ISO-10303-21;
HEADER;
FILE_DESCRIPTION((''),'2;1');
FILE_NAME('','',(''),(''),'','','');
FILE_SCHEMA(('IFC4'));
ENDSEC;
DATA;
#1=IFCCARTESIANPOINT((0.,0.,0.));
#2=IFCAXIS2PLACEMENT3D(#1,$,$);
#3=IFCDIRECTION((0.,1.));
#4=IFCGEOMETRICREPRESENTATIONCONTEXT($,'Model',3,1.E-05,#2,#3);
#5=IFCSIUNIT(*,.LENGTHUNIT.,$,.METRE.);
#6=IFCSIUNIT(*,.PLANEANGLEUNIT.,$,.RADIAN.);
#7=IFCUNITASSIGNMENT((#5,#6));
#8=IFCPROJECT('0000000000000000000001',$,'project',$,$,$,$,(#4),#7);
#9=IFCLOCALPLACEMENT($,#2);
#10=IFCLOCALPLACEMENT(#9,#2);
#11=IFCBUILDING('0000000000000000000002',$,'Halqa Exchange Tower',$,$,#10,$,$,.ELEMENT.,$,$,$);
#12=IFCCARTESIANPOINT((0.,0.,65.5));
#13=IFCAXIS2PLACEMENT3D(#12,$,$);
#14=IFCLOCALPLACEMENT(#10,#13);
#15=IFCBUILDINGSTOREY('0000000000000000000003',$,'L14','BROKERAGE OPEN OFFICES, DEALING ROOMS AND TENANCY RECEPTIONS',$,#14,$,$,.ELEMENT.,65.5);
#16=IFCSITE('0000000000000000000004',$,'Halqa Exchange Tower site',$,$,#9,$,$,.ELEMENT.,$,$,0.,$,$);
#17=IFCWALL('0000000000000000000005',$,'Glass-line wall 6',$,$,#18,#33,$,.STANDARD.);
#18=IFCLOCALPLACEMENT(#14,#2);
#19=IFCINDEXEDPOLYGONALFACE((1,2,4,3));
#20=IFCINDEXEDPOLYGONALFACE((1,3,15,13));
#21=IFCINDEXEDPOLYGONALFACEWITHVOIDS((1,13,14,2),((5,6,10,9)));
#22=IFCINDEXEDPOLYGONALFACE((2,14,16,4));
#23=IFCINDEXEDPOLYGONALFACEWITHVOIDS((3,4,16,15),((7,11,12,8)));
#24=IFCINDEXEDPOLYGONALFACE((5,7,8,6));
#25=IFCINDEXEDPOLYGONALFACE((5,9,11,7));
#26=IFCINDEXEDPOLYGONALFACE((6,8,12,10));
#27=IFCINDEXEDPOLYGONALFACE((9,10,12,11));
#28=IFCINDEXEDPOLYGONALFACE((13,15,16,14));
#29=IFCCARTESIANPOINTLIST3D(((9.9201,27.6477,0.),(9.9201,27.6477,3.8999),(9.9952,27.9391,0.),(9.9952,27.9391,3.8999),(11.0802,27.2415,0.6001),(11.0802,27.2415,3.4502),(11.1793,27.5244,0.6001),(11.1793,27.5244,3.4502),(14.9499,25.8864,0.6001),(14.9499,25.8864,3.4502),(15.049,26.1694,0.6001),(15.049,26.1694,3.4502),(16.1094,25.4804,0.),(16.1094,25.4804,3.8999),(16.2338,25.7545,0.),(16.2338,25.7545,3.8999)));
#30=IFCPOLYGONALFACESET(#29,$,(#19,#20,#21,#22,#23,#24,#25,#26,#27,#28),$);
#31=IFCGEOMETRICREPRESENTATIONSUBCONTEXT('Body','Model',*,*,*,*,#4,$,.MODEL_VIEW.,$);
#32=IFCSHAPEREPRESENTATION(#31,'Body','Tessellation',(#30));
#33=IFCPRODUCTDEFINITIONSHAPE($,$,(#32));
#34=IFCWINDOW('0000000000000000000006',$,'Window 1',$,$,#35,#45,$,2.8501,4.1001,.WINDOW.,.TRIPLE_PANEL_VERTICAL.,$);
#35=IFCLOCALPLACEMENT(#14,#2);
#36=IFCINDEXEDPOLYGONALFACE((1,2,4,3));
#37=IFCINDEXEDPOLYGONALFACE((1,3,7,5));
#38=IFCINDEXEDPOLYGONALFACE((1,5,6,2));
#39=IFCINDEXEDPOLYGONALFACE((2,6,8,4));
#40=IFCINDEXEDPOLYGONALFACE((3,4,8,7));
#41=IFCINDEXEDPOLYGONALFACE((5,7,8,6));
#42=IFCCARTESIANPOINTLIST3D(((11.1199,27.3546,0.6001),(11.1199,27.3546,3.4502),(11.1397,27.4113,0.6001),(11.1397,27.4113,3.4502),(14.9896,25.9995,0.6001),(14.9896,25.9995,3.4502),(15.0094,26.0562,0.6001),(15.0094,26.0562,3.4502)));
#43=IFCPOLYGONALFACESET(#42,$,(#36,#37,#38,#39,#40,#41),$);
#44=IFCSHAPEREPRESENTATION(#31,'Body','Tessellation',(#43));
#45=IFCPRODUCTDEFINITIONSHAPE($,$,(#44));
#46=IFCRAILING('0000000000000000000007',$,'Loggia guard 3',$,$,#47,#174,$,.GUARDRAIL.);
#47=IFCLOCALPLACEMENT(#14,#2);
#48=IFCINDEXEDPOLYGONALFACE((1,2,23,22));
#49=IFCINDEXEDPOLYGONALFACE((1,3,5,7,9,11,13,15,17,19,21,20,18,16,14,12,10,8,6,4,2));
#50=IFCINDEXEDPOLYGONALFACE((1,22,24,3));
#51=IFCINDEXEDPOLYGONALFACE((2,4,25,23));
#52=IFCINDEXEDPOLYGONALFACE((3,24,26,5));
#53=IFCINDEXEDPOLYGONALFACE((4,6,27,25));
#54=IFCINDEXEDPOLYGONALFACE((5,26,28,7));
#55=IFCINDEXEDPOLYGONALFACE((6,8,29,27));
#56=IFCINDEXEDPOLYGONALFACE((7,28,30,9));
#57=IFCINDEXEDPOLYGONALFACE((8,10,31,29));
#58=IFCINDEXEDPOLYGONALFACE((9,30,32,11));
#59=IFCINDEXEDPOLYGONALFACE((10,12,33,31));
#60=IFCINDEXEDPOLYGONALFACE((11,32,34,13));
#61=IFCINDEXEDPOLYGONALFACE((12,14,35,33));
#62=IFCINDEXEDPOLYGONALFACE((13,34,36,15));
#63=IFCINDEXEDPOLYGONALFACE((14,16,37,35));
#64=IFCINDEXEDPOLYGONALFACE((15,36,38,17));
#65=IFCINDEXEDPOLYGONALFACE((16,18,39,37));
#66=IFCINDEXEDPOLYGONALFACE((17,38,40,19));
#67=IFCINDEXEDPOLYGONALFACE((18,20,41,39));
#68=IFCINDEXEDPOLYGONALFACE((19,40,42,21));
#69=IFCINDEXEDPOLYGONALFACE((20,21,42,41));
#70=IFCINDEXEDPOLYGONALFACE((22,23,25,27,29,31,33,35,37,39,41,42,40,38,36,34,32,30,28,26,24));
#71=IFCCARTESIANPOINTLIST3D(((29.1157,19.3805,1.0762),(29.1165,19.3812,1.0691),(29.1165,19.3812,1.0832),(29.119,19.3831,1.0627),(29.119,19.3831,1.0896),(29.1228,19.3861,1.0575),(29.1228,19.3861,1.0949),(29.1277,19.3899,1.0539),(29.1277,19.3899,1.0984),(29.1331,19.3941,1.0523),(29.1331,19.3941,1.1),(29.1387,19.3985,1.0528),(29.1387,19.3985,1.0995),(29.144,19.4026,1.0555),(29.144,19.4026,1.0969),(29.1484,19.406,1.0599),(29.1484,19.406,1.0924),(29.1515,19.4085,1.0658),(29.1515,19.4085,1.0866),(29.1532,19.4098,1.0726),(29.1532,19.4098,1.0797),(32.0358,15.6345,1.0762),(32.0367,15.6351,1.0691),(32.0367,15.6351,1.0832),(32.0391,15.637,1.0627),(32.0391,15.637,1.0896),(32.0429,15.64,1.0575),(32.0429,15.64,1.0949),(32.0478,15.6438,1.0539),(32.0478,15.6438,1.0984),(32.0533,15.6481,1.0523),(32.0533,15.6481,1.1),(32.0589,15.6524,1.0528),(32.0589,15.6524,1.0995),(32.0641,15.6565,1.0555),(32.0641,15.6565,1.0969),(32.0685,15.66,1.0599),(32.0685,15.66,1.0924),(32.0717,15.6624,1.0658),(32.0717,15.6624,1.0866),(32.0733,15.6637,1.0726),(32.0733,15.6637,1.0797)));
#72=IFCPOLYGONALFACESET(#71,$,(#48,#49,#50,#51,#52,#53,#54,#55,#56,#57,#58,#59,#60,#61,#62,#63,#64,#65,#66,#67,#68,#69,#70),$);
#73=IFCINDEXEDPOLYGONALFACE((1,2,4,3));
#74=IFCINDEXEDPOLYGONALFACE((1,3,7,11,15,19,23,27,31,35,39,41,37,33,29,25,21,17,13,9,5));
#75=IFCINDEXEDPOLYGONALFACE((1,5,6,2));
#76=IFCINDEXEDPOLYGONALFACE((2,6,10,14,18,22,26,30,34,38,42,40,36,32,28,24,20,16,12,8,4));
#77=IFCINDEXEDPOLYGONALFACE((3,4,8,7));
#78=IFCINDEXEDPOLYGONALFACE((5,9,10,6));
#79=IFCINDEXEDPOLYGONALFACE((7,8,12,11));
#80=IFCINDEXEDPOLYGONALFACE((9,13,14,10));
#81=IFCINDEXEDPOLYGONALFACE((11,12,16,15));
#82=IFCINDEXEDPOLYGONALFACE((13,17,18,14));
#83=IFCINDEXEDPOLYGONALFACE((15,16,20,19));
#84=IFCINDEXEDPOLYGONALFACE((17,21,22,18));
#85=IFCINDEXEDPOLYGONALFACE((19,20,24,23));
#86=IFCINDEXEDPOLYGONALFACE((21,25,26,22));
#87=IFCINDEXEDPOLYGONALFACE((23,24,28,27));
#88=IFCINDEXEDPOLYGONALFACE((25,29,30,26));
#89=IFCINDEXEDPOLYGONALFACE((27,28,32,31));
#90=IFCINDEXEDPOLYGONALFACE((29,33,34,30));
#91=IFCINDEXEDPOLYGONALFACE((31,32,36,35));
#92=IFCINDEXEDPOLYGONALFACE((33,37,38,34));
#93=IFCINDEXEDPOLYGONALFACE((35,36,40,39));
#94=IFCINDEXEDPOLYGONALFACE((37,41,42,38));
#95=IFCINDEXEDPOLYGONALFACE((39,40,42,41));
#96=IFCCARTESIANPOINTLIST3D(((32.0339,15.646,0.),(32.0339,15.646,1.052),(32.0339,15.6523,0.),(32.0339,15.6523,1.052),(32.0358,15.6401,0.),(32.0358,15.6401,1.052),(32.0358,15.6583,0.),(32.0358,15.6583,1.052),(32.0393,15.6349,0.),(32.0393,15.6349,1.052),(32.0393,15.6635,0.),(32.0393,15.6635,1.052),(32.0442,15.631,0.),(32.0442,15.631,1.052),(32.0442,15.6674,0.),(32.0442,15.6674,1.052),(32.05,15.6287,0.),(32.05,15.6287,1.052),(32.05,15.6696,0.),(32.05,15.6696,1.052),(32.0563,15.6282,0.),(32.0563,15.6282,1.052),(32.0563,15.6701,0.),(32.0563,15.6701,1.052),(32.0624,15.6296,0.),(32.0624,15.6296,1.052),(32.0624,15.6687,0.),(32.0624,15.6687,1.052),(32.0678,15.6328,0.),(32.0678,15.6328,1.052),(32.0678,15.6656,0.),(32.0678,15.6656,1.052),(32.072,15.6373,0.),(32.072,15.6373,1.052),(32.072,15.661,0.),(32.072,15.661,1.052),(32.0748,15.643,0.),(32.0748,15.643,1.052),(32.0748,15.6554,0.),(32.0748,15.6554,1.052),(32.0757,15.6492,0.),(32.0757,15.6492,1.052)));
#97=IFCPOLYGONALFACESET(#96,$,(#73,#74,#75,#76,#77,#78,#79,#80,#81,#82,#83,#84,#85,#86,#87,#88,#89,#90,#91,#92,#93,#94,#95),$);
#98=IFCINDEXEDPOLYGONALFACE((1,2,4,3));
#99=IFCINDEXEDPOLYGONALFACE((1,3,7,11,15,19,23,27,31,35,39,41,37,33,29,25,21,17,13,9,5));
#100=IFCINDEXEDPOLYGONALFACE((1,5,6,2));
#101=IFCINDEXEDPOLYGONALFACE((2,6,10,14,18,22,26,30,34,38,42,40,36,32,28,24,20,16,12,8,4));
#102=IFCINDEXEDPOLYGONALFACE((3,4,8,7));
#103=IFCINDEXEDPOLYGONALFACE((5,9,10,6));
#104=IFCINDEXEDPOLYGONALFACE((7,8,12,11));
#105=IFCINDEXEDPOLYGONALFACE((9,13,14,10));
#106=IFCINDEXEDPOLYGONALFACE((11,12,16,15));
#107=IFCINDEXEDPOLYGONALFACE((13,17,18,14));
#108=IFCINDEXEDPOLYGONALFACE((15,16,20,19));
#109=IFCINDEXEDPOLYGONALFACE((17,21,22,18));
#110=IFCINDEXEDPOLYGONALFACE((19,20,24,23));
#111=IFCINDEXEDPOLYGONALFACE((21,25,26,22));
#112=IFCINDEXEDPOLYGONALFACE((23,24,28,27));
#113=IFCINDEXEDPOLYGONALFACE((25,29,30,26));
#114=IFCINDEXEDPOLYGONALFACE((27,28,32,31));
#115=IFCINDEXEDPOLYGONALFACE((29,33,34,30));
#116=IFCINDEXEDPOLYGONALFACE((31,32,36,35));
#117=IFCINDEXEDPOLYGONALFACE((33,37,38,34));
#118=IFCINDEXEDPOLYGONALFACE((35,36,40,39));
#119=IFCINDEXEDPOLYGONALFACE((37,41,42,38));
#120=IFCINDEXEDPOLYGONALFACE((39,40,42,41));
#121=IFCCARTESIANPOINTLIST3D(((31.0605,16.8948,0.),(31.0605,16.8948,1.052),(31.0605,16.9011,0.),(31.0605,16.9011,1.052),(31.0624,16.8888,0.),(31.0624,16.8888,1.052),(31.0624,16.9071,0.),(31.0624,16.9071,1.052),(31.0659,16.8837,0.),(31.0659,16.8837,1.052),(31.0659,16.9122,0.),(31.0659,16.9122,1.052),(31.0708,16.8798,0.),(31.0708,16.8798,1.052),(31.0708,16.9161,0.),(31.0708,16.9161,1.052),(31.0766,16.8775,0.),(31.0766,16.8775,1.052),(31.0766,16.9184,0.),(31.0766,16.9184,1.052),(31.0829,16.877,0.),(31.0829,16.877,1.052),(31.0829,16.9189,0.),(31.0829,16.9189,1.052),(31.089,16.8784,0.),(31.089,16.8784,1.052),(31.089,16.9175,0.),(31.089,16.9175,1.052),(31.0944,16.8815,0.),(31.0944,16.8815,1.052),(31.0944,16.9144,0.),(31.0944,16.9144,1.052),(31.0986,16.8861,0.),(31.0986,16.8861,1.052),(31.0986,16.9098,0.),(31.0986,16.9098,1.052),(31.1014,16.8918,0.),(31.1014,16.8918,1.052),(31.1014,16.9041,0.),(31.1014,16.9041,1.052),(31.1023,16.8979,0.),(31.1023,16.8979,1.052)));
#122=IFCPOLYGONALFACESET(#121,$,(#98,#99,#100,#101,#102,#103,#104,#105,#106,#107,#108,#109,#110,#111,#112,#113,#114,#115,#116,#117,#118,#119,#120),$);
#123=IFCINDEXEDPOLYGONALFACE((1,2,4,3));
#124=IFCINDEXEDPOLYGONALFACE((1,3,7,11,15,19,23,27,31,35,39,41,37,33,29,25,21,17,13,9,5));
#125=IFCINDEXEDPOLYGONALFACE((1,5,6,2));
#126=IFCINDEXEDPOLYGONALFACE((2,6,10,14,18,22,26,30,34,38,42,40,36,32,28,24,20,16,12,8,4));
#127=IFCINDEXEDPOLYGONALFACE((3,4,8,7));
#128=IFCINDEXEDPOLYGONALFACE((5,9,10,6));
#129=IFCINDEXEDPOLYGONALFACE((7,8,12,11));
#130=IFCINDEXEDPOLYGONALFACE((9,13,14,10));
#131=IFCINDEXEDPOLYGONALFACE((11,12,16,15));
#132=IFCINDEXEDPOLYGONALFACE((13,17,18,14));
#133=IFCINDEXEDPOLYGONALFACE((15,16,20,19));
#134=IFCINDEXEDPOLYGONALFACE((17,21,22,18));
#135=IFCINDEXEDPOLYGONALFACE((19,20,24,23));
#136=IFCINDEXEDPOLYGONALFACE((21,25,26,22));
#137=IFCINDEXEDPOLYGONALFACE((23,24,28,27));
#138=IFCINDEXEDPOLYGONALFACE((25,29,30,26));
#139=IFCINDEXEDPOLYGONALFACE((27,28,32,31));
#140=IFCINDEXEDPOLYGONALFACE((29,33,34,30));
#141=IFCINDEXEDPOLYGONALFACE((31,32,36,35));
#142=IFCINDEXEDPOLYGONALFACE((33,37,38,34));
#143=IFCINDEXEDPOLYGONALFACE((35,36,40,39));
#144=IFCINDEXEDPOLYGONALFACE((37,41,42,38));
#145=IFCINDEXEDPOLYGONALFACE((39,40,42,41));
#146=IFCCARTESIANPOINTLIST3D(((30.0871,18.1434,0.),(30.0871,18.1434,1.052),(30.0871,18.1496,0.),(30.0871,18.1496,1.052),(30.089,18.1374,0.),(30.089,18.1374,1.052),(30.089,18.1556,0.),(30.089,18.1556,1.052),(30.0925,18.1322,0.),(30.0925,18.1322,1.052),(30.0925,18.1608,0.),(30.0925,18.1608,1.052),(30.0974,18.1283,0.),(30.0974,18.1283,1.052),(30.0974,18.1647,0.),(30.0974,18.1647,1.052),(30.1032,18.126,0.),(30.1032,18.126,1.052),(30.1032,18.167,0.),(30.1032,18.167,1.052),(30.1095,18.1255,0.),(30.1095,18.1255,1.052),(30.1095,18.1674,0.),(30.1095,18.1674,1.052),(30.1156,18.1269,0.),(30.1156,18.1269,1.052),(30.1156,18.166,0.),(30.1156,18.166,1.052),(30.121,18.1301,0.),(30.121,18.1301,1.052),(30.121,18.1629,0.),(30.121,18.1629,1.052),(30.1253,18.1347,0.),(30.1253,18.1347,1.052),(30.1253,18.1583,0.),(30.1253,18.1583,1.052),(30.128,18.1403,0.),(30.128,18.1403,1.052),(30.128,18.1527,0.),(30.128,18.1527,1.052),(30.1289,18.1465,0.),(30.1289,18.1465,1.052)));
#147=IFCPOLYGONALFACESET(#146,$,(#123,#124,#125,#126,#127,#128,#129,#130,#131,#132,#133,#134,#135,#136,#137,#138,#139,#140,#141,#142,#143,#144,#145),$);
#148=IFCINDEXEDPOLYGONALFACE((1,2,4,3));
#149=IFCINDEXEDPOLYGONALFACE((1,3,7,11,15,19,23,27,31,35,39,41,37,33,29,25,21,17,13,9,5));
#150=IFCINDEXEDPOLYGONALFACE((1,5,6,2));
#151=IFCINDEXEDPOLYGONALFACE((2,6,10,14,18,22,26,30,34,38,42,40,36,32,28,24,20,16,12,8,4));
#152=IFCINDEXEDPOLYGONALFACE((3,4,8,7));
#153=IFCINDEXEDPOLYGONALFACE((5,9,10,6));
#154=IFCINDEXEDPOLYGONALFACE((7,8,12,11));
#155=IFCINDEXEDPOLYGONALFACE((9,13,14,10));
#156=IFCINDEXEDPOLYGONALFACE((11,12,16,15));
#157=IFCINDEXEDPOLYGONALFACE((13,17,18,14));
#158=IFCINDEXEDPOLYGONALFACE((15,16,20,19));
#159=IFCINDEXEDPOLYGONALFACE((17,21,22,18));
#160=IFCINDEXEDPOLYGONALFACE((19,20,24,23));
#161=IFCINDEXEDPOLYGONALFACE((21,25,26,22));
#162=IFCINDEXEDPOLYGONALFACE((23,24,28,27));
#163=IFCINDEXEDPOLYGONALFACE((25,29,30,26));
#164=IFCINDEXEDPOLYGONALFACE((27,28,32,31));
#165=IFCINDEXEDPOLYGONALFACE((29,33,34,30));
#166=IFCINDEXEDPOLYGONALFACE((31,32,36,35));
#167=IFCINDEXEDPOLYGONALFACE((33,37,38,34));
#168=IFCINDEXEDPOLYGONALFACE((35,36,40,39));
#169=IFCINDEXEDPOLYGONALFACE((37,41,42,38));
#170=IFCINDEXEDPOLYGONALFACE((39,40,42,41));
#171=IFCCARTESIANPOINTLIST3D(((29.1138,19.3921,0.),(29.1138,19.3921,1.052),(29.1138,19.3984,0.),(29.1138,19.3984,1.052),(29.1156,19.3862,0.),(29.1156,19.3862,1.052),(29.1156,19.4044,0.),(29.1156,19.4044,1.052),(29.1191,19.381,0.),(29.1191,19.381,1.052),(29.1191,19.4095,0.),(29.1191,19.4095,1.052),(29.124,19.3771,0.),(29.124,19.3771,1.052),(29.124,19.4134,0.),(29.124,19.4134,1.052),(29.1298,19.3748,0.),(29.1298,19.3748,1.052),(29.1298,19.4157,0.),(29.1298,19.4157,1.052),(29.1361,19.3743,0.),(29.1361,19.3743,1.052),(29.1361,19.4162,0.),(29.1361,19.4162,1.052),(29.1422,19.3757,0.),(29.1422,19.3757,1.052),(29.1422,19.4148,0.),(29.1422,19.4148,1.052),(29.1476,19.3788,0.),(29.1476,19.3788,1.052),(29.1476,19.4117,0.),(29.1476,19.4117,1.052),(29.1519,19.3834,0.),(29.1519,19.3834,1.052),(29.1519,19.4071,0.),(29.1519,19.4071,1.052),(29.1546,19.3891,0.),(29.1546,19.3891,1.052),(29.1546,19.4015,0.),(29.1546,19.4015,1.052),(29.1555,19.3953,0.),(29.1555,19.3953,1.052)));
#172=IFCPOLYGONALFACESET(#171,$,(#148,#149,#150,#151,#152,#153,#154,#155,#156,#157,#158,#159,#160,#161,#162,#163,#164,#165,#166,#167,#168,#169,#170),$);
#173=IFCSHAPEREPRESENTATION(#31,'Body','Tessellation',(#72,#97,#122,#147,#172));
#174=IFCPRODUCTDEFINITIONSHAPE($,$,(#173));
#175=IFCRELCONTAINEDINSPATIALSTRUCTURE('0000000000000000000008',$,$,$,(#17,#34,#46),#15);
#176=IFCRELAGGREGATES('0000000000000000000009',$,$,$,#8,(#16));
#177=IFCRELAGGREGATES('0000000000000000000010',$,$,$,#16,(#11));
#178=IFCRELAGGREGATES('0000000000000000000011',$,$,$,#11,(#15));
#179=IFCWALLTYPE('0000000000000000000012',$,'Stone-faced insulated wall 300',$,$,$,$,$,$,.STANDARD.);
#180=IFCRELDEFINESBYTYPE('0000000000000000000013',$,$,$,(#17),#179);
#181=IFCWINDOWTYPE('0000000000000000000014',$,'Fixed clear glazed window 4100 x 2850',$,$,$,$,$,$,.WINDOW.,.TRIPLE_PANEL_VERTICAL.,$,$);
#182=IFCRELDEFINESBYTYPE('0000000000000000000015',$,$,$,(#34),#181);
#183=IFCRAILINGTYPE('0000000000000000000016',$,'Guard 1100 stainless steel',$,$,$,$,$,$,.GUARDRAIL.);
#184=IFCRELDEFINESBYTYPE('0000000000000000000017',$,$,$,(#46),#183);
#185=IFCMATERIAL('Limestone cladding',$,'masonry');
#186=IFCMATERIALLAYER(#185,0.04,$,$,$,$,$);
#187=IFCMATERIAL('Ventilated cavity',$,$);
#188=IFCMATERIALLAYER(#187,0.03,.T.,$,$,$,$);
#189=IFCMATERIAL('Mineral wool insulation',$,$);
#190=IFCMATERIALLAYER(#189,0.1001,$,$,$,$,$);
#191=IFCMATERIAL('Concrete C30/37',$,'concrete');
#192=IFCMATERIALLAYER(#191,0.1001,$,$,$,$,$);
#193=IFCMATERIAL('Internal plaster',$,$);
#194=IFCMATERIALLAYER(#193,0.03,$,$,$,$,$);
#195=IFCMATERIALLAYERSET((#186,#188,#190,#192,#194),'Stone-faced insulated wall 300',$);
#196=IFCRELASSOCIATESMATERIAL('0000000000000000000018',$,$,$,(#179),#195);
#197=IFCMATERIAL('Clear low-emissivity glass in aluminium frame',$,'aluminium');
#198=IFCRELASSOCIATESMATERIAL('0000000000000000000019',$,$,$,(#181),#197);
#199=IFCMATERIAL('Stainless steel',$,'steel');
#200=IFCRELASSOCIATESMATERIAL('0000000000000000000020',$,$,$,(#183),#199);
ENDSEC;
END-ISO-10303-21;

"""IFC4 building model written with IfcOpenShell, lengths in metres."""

from ifc_helpers import new_model, si_unit, direction, frame, frame_2d, origin, origin_2d, place, context, subcontext, project, spatial, polyline, rectangle, circle, outline, extrude, material, layer, layer_set, type_object, element, fill, save


model = new_model("IFC4")

# Units and contexts
model_context = context("Model", 3, precision=1e-05, world=origin(), true_north=direction((0.0, 1.0)))
body_context = subcontext(model_context, "Body", "Model", "MODEL_VIEW")
ifc_project = project(units=[si_unit("LENGTHUNIT", "METRE"), si_unit("PLANEANGLEUNIT", "RADIAN")], contexts=[model_context])

# Site, building, storey
site_placement = place(None, origin())
site = spatial("IfcSite", under=ifc_project, at=site_placement, Name="Halqa Exchange Tower site", CompositionType="ELEMENT", RefElevation=0.0)
building_placement = place(site_placement, origin())
building = spatial("IfcBuilding", under=site, at=building_placement, Name="Halqa Exchange Tower", CompositionType="ELEMENT")
storey_placement = place(building_placement, frame((0.0, 0.0, 65.5)))
storey = spatial("IfcBuildingStorey", under=building, at=storey_placement, Name="L14", Description="BROKERAGE OPEN OFFICES, DEALING ROOMS AND TENANCY RECEPTIONS", CompositionType="ELEMENT", Elevation=65.5)

# Shared definitions
ifc_material_1 = material(Name="Limestone cladding", Category="masonry")
ifc_layer_1 = layer(ifc_material_1, 0.04)
ifc_material_2 = material(Name="Ventilated cavity")
ifc_layer_2 = layer(ifc_material_2, 0.03, ventilated=True)
ifc_material_3 = material(Name="Mineral wool insulation")
ifc_layer_3 = layer(ifc_material_3, 0.1001)
ifc_material_4 = material(Name="Concrete C30/37", Category="concrete")
ifc_layer_4 = layer(ifc_material_4, 0.1001)
ifc_material_5 = material(Name="Internal plaster")
ifc_layer_5 = layer(ifc_material_5, 0.03)
ifc_layer_set_1 = layer_set([ifc_layer_1, ifc_layer_2, ifc_layer_3, ifc_layer_4, ifc_layer_5], Name="Stone-faced insulated wall 300")
wall_type_1 = type_object("IfcWallType", Name="Stone-faced insulated wall 300", PredefinedType="STANDARD", material=ifc_layer_set_1)
ifc_material_6 = material(Name="Clear low-emissivity glass in aluminium frame", Category="aluminium")

# Wall, opening, window
window_type = type_object("IfcWindowType", Name="Fixed clear glazed window 4100 x 2850", PartitioningType="TRIPLE_PANEL_VERTICAL", PredefinedType="WINDOW", material=ifc_material_6)
wall_1_placement = place(storey_placement, frame((16.1716, 25.6174, 0.0), z_axis=(0.0, 0.0, 1.0), x_axis=(-0.943807, 0.330497, 0.0)))
wall_1 = element("IfcWall", 1, at=wall_1_placement, inside=storey, type_object=wall_type_1, Name="Glass-line wall 6", PredefinedType="STANDARD", context=body_context, shape_type="SweptSolid", body=[
    extrude(outline(polyline([(-0.0134, -0.1499), (6.5967, -0.1499), (6.5713, 0.1499), (0.0134, 0.1499), (-0.0134, -0.1499)])), origin(), (0.0, 0.0, 1.0), 3.8999),
])
opening_1_placement = place(wall_1_placement, frame((1.2419, 0.0, 0.6001)))
opening_1 = element("IfcOpeningElement", 2, at=opening_1_placement, cuts=wall_1, PredefinedType="OPENING", context=body_context, shape_type="SweptSolid", body=[
    extrude(rectangle(XDim=4.1001, YDim=2.8501, at=frame_2d((2.05, 1.425))), frame((0.0, 0.1621, 0.0), z_axis=(0.0, -1.0, 0.0), x_axis=(1.0, 0.0, 0.0)), (0.0, 0.0, 1.0), 0.324),
])
window_1_placement = place(opening_1_placement, origin())
window_1 = element("IfcWindow", 3, at=window_1_placement, inside=storey, type_object=window_type, Name="Window 1", OverallHeight=2.8501, OverallWidth=4.1001, PartitioningType="TRIPLE_PANEL_VERTICAL", PredefinedType="WINDOW", context=body_context, shape_type="SweptSolid", body=[
    extrude(rectangle(XDim=4.1001, YDim=2.8501, at=frame_2d((2.05, 1.425))), frame((0.0, 0.03, 0.0), z_axis=(0.0, -1.0, 0.0), x_axis=(1.0, 0.0, 0.0)), (0.0, 0.0, 1.0), 0.0601),
])
fill(opening_1, window_1)

# Railing
ifc_material_7 = material(Name="Stainless steel", Category="steel")
railing_type = type_object("IfcRailingType", Name="Guard 1100 stainless steel", PredefinedType="GUARDRAIL", material=ifc_material_7)
railing_1_placement = place(storey_placement, frame((32.0547, 15.6492, 0.0)))
element("IfcRailing", 4, at=railing_1_placement, inside=storey, type_object=railing_type, Name="Loggia guard 3", PredefinedType="GUARDRAIL", context=body_context, shape_type="SweptSolid", body=[
    extrude(circle(Radius=0.0239, at=origin_2d()), frame((0.0, 0.0, 1.0762), z_axis=(-0.614798, 0.788685, 0.0), x_axis=(-0.788685, -0.614798, 0.0)), (0.0, 0.0, 1.0), 4.7498),
    extrude(circle(Radius=0.021, at=origin_2d()), origin(), (0.0, 0.0, 1.0), 1.052),
    extrude(circle(Radius=0.021, at=origin_2d()), frame((-0.9734, 1.2488, 0.0)), (0.0, 0.0, 1.0), 1.052),
    extrude(circle(Radius=0.021, at=origin_2d()), frame((-1.9468, 2.4973, 0.0)), (0.0, 0.0, 1.0), 1.052),
    extrude(circle(Radius=0.021, at=origin_2d()), frame((-2.9202, 3.7461, 0.0)), (0.0, 0.0, 1.0), 1.052),
])

save(model, "model.ifc")
